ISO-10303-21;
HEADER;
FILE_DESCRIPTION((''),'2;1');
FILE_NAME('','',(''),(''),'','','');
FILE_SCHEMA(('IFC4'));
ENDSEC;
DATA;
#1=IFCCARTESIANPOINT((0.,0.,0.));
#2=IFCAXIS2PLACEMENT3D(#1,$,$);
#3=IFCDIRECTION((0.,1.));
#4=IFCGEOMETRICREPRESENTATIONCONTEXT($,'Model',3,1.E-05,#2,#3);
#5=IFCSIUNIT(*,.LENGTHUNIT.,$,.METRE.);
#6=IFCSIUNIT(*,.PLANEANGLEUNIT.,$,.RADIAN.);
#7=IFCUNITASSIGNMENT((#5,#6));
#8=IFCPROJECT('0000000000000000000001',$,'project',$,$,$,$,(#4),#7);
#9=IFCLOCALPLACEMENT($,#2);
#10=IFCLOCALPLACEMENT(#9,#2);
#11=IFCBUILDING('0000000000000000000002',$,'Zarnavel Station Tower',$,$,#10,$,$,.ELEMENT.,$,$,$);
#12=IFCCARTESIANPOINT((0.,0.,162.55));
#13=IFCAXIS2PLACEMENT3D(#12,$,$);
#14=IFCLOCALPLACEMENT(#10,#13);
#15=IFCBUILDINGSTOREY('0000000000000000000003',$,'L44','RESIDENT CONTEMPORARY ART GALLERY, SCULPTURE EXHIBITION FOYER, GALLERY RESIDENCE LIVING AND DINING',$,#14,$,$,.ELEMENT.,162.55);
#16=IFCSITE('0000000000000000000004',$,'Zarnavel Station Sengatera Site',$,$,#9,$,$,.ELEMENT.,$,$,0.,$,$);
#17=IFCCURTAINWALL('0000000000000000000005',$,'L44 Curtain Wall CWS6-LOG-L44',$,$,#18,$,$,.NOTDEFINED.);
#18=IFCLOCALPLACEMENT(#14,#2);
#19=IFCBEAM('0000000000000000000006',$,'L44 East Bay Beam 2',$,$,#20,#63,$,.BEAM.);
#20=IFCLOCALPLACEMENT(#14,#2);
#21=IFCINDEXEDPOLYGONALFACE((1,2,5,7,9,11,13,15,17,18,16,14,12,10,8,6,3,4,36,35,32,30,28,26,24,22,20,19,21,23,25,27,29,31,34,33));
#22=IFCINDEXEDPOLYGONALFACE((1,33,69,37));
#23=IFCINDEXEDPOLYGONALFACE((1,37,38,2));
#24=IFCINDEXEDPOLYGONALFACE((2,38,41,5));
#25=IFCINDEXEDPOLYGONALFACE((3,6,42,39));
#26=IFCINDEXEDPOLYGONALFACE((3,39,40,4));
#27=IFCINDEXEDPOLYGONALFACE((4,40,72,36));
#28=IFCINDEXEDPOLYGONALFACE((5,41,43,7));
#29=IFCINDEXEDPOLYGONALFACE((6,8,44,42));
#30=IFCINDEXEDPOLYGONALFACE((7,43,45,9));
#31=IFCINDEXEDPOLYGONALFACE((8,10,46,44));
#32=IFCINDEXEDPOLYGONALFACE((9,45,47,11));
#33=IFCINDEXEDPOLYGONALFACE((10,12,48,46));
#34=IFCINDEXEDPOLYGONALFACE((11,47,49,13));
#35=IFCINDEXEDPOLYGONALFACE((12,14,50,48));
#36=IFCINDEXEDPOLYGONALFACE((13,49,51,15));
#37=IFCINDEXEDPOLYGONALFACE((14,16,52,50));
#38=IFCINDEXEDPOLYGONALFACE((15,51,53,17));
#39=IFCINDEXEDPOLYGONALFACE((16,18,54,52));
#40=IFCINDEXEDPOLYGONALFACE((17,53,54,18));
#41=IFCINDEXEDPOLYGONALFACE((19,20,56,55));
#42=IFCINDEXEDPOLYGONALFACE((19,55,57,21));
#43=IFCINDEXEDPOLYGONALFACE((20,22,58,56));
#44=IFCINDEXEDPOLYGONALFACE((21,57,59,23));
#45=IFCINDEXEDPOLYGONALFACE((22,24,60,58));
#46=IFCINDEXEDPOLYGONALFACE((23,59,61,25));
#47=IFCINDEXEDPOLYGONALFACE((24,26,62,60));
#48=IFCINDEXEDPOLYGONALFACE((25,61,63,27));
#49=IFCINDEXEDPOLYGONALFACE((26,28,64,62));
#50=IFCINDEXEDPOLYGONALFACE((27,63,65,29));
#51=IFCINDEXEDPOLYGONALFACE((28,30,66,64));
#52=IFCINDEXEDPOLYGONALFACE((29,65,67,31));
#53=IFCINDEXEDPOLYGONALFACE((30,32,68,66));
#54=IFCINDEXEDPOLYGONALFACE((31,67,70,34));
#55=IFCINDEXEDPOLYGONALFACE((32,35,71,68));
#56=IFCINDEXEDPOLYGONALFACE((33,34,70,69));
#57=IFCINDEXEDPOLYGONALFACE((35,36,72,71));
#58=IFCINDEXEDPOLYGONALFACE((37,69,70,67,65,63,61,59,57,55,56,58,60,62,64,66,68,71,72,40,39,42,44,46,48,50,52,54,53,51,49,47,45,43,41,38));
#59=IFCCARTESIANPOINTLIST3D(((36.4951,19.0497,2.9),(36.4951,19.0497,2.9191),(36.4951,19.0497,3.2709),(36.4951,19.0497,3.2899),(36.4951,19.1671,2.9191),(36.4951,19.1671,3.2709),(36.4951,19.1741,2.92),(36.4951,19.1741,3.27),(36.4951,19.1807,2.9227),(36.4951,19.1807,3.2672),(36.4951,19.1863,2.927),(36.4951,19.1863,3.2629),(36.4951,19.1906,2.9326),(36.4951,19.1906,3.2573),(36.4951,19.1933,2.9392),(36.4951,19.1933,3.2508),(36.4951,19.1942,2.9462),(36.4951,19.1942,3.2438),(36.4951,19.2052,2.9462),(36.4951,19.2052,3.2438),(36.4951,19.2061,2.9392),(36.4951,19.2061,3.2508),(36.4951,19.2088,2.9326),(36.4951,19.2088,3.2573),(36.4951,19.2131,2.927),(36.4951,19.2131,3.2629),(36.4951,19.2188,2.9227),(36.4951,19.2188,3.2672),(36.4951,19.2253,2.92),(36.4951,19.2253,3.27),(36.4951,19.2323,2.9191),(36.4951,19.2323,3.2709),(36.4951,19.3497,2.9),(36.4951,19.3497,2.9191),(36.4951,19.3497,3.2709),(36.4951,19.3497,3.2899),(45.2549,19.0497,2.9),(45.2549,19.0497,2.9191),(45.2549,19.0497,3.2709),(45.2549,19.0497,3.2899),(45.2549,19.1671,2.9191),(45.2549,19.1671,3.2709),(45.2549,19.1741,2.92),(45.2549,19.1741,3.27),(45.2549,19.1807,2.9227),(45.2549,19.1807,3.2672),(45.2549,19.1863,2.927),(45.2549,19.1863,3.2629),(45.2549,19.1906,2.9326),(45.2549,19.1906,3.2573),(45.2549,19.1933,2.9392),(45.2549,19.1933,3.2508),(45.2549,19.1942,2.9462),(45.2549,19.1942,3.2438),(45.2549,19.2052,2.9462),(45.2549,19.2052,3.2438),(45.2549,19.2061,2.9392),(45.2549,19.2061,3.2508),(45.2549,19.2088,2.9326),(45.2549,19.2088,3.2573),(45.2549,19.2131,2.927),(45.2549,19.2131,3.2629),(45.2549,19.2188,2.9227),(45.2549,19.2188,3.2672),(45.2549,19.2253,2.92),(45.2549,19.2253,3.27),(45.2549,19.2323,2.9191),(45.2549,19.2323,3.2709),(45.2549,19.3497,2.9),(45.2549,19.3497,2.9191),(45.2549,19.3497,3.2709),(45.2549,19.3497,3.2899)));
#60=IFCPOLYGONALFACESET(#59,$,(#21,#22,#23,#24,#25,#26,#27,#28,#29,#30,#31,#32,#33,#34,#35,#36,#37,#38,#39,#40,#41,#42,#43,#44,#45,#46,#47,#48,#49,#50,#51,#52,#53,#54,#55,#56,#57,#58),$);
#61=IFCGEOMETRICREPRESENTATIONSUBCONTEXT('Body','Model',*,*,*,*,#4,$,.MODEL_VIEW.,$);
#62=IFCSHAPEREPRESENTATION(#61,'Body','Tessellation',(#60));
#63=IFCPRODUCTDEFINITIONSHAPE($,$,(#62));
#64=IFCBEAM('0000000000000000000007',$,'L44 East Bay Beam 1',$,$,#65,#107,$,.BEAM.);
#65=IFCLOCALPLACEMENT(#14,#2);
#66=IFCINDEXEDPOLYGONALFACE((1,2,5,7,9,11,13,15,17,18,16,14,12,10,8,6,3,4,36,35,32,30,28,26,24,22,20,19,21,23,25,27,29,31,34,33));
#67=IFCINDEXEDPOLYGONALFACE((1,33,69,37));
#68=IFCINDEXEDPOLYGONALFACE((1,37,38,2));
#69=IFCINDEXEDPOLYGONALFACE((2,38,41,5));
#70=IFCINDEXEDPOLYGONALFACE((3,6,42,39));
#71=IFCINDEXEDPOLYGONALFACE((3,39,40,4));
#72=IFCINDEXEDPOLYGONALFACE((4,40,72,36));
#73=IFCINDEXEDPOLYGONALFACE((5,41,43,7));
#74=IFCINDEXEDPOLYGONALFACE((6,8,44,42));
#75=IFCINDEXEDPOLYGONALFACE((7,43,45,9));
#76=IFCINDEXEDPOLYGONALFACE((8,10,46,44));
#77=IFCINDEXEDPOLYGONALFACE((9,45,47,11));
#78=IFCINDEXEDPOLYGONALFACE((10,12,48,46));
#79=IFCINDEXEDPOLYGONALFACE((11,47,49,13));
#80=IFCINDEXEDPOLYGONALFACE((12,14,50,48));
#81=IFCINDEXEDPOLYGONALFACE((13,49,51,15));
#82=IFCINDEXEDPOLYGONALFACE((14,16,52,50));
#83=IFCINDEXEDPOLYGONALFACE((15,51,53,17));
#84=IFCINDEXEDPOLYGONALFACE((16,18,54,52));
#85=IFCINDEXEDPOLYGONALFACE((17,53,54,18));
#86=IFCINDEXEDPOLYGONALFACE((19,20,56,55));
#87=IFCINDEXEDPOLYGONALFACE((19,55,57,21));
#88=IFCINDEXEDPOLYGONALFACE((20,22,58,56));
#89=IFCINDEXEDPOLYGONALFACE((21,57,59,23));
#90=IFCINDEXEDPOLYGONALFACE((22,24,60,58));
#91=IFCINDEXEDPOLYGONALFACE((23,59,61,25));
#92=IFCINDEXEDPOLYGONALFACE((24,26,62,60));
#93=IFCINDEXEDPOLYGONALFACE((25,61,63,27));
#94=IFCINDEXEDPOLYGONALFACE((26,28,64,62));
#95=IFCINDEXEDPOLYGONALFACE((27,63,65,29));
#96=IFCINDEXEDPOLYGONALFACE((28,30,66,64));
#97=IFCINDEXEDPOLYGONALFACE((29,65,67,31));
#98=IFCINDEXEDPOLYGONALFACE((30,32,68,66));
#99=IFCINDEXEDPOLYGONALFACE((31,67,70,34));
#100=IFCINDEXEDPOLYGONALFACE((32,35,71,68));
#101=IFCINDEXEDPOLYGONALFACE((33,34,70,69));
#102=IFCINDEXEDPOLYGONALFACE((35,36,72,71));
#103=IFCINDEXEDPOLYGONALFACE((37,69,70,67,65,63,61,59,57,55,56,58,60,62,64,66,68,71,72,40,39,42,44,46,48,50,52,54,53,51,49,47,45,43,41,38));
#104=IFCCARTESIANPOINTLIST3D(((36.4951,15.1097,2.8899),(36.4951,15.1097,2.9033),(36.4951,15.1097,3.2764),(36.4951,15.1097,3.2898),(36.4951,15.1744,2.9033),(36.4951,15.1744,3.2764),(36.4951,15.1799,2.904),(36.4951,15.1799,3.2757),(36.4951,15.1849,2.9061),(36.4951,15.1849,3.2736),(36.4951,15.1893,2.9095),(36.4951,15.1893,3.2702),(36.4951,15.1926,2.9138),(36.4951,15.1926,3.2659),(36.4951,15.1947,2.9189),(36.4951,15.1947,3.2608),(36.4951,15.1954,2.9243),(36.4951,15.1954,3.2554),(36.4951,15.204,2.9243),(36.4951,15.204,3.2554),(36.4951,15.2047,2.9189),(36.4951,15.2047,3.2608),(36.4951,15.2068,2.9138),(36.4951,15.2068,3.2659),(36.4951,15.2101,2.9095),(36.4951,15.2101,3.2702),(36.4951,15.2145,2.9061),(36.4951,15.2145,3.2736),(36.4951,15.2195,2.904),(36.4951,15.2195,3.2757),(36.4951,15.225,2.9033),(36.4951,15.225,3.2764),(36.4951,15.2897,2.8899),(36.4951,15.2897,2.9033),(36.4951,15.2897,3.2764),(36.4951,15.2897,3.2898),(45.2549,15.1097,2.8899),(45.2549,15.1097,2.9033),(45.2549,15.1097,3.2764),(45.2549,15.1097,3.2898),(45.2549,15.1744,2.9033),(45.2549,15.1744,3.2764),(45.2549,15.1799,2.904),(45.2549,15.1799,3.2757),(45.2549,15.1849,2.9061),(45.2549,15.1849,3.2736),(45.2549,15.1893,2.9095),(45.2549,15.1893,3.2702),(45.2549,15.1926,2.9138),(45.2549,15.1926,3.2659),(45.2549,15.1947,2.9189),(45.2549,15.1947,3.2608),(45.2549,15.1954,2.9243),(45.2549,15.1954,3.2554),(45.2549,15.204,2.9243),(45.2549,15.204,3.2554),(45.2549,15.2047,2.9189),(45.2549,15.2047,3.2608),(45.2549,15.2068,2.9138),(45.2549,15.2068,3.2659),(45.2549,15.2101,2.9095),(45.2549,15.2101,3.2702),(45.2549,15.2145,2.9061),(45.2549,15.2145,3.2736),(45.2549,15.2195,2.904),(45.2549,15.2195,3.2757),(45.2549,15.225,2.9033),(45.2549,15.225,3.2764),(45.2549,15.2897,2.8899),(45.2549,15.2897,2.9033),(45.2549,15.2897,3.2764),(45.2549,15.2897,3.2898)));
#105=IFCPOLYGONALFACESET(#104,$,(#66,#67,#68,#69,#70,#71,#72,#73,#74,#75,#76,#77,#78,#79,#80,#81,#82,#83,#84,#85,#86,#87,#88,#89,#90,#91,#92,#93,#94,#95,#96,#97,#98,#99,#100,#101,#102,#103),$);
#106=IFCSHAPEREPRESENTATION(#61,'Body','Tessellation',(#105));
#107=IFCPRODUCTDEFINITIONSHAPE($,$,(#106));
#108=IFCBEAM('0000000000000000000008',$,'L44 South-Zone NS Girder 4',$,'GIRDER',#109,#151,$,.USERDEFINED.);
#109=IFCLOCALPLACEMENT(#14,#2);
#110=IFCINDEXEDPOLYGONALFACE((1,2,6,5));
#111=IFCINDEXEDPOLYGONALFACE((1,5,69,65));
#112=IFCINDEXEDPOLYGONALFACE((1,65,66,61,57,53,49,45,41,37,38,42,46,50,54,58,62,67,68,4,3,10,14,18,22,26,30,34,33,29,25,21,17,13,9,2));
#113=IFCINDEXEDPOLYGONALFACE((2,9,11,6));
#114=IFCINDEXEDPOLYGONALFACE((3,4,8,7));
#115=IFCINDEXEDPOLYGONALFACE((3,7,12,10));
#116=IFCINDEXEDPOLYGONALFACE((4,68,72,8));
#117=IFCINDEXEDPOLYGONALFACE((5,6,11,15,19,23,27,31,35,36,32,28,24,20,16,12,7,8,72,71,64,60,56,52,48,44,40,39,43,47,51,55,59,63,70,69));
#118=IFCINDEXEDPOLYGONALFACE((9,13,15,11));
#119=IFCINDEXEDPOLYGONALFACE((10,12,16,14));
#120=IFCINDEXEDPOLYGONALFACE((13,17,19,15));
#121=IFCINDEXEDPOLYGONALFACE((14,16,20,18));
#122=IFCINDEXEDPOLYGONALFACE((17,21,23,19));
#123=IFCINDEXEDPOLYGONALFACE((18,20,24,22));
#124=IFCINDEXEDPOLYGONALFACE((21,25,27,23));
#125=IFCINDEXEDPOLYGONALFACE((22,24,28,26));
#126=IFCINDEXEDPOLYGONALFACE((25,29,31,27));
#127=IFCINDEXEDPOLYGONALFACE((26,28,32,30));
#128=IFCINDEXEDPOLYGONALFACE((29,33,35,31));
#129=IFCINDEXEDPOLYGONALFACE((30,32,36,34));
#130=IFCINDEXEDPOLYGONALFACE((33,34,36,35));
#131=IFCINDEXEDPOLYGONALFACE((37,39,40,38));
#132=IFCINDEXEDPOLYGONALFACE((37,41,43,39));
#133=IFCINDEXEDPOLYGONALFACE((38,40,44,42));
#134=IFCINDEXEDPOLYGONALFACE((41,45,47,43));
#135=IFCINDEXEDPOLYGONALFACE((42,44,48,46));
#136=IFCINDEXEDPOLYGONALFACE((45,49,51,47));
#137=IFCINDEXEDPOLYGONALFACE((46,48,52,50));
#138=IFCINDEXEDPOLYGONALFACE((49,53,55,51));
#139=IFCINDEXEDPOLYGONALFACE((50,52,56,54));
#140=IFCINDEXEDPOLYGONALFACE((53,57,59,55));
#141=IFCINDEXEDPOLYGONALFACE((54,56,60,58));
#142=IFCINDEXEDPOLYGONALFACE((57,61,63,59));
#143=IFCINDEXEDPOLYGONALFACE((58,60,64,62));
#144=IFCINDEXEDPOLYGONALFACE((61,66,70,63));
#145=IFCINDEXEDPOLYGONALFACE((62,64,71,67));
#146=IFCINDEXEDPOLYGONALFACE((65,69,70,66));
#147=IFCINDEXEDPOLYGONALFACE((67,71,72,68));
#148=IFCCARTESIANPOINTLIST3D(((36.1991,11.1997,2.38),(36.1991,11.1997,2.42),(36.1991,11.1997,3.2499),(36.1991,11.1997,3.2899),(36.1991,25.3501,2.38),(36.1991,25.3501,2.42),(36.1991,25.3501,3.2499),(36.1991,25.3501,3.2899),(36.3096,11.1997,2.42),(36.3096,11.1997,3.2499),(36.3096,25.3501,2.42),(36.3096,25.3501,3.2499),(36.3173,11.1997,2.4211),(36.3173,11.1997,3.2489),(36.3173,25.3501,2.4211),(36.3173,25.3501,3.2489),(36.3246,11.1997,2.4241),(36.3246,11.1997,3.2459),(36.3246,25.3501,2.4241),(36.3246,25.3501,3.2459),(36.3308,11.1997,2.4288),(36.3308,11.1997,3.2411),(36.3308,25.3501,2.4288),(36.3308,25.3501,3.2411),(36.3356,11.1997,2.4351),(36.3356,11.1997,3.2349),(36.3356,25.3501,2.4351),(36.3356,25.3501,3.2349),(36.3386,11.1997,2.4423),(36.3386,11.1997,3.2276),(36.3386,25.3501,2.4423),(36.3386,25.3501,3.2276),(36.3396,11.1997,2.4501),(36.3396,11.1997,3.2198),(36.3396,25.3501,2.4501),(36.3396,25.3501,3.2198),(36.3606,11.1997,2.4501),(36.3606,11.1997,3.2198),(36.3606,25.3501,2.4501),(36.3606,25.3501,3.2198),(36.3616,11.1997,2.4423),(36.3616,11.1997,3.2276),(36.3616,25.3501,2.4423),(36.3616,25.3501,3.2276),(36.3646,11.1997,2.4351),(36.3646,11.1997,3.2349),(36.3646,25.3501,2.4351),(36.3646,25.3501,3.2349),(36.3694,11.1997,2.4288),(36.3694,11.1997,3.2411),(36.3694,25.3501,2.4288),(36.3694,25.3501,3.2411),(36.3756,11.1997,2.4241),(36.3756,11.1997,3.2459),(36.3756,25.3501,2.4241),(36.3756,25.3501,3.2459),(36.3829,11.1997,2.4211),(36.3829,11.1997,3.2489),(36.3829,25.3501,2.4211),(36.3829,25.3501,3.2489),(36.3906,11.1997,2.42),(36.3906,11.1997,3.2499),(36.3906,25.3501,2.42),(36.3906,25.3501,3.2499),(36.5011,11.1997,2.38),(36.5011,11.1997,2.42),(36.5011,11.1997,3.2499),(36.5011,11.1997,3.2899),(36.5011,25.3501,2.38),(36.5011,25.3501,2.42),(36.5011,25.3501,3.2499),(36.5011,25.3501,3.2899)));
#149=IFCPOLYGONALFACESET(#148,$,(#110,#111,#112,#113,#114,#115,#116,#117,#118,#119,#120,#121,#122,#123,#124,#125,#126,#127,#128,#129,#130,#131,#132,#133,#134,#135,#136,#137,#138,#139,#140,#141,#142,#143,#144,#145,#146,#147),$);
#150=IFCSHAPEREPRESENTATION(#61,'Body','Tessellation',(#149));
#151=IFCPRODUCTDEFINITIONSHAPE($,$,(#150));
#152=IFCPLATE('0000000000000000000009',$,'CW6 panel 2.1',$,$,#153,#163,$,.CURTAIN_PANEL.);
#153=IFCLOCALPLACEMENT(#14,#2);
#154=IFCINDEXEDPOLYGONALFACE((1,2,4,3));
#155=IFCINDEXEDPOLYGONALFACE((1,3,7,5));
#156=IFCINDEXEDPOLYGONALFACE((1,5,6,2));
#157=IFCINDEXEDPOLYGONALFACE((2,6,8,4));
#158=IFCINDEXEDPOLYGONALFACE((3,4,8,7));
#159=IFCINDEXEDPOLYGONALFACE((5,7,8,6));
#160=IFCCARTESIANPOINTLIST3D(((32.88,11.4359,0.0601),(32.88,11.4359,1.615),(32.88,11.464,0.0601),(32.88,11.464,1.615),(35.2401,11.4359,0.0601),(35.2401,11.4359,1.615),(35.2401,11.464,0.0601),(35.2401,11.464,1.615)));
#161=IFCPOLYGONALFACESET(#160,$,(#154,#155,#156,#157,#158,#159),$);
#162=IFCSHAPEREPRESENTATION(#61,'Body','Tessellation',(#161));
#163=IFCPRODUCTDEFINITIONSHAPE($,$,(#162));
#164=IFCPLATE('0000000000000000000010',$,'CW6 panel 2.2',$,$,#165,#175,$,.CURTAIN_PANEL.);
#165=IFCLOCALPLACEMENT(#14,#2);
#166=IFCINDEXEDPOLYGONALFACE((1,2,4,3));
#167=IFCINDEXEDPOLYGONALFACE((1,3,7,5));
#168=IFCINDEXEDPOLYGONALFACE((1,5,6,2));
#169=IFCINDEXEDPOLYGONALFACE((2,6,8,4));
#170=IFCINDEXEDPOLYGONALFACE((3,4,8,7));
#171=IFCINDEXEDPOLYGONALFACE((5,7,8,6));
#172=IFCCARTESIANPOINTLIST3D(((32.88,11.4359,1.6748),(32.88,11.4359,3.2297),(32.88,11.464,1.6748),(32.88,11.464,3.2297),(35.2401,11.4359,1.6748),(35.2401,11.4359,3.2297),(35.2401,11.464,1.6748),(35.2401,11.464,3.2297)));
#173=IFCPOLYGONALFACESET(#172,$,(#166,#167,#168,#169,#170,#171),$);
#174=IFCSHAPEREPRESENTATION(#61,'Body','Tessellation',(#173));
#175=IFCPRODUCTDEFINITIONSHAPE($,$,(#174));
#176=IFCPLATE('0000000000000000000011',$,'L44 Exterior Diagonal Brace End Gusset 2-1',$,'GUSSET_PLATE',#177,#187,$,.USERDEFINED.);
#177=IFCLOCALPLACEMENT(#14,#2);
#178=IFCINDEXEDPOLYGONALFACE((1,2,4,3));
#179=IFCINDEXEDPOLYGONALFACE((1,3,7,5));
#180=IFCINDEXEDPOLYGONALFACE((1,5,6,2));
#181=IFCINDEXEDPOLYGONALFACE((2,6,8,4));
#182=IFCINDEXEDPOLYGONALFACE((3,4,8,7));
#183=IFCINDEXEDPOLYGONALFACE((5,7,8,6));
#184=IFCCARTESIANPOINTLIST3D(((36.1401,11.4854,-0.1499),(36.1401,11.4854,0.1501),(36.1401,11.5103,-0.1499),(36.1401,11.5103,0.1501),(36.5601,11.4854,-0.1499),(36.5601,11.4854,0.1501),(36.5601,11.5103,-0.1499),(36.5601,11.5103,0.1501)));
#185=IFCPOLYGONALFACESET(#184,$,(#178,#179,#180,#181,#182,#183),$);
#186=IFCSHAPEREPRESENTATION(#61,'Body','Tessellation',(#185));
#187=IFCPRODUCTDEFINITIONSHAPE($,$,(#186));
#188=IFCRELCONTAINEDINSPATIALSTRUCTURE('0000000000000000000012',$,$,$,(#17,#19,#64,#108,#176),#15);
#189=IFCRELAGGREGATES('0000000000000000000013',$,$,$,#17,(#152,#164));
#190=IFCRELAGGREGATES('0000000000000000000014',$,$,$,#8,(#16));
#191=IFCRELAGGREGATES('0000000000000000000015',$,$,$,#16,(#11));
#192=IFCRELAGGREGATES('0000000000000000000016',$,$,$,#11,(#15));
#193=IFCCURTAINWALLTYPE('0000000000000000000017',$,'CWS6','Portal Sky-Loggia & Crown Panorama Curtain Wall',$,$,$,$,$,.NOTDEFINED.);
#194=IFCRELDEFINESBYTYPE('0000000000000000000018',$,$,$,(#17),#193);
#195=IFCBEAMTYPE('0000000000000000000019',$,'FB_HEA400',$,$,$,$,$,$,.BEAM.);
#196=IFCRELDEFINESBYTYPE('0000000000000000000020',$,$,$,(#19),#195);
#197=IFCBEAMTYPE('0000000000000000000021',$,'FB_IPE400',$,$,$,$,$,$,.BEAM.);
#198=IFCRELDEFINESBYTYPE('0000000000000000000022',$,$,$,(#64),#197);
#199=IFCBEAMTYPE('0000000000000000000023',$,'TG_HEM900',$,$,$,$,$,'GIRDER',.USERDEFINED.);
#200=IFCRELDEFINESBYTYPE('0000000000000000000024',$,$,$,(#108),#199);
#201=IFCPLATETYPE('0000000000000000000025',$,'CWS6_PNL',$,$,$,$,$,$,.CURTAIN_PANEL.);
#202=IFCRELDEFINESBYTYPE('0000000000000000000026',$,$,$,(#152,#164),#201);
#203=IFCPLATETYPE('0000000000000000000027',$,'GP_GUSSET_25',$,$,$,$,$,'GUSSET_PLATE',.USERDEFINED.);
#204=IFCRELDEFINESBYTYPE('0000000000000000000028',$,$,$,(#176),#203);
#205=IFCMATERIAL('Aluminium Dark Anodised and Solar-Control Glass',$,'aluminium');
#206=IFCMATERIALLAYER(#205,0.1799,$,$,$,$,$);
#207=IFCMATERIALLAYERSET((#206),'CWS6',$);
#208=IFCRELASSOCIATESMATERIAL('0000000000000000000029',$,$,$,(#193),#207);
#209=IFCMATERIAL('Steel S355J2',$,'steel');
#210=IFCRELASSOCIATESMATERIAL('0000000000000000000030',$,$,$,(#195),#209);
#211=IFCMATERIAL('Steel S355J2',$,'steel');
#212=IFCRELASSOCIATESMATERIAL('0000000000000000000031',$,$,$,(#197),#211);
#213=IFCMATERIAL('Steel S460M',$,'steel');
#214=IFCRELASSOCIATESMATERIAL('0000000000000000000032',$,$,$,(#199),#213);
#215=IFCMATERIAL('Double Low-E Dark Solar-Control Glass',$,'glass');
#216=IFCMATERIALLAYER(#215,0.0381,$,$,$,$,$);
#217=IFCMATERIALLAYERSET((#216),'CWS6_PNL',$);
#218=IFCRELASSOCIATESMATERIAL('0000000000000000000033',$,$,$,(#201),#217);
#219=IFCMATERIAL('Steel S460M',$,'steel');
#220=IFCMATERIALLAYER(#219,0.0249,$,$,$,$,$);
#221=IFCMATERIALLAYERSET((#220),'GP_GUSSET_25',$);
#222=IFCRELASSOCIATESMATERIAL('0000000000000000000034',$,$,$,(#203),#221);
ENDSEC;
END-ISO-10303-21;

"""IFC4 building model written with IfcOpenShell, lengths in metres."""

from ifc_helpers import new_model, si_unit, direction, frame, origin, origin_2d, place, context, subcontext, project, spatial, rectangle, i_section, extrude, material, layer, layer_set, material_profile, profile_set, type_object, element, aggregate, save


model = new_model("IFC4")

# Units and contexts
model_context = context("Model", 3, precision=1e-05, world=origin(), true_north=direction((0.0, 1.0)))
body_context = subcontext(model_context, "Body", "Model", "MODEL_VIEW")
ifc_project = project(units=[si_unit("LENGTHUNIT", "METRE"), si_unit("PLANEANGLEUNIT", "RADIAN")], contexts=[model_context])

# Site, building, storey
site_placement = place(None, origin())
site = spatial("IfcSite", under=ifc_project, at=site_placement, Name="Zarnavel Station Sengatera Site", CompositionType="ELEMENT", RefElevation=0.0)
building_placement = place(site_placement, origin())
building = spatial("IfcBuilding", under=site, at=building_placement, Name="Zarnavel Station Tower", CompositionType="ELEMENT")
storey_placement = place(building_placement, frame((0.0, 0.0, 162.55)))
storey = spatial("IfcBuildingStorey", under=building, at=storey_placement, Name="L44", Description="RESIDENT CONTEMPORARY ART GALLERY, SCULPTURE EXHIBITION FOYER, GALLERY RESIDENCE LIVING AND DINING", CompositionType="ELEMENT", Elevation=162.55)

# Curtain wall
ifc_material_1 = material(Name="Aluminium Dark Anodised and Solar-Control Glass", Category="aluminium")
ifc_layer_1 = layer(ifc_material_1, 0.1799)
ifc_layer_set_1 = layer_set([ifc_layer_1], Name="CWS6")
curtain_wall_type_1 = type_object("IfcCurtainWallType", Name="CWS6", Description="Portal Sky-Loggia & Crown Panorama Curtain Wall", PredefinedType="NOTDEFINED", material=ifc_layer_set_1)
curtain_wall_1_placement = place(storey_placement, origin())
curtain_wall_1 = element("IfcCurtainWall", 1, at=curtain_wall_1_placement, inside=storey, type_object=curtain_wall_type_1, Name="L44 Curtain Wall CWS6-LOG-L44", PredefinedType="NOTDEFINED")

# Beams
ifc_material_2 = material(Name="Steel S355J2", Category="steel")
ifc_material_profile_1 = material_profile(ifc_material_2, i_section(OverallWidth=0.3, OverallDepth=0.3899, WebThickness=0.011, FlangeThickness=0.019, FilletRadius=0.0271, at=origin_2d()), Name="HEA400")
ifc_profile_set_1 = profile_set([ifc_material_profile_1], Name="Steel S355J2")
beam_type_1 = type_object("IfcBeamType", Name="FB_HEA400", PredefinedType="BEAM", material=ifc_profile_set_1)
beam_1_placement = place(storey_placement, frame((36.4951, 19.1997, 3.095), z_axis=(1.0, 0.0, 0.0), x_axis=(0.0, 1.0, 0.0)))
element("IfcBeam", 2, at=beam_1_placement, inside=storey, type_object=beam_type_1, Name="L44 East Bay Beam 2", PredefinedType="BEAM", context=body_context, shape_type="SweptSolid", body=[
    extrude(i_section(OverallWidth=0.3, OverallDepth=0.3899, WebThickness=0.011, FlangeThickness=0.019, FilletRadius=0.0271, at=origin_2d()), origin(), (0.0, 0.0, 1.0), 8.7598),
])
ifc_material_3 = material(Name="Steel S355J2", Category="steel")
ifc_material_profile_2 = material_profile(ifc_material_3, i_section(OverallWidth=0.1799, OverallDepth=0.3999, WebThickness=0.0085, FlangeThickness=0.0134, FilletRadius=0.021, at=origin_2d()), Name="IPE400")
ifc_profile_set_2 = profile_set([ifc_material_profile_2], Name="Steel S355J2")
beam_type_2 = type_object("IfcBeamType", Name="FB_IPE400", PredefinedType="BEAM", material=ifc_profile_set_2)
beam_2_placement = place(storey_placement, frame((36.4951, 15.1997, 3.0898), z_axis=(1.0, 0.0, 0.0), x_axis=(0.0, 1.0, 0.0)))
element("IfcBeam", 3, at=beam_2_placement, inside=storey, type_object=beam_type_2, Name="L44 East Bay Beam 1", PredefinedType="BEAM", context=body_context, shape_type="SweptSolid", body=[
    extrude(i_section(OverallWidth=0.1799, OverallDepth=0.3999, WebThickness=0.0085, FlangeThickness=0.0134, FilletRadius=0.021, at=origin_2d()), origin(), (0.0, 0.0, 1.0), 8.7598),
])
ifc_material_4 = material(Name="Steel S460M", Category="steel")
ifc_material_profile_3 = material_profile(ifc_material_4, i_section(OverallWidth=0.302, OverallDepth=0.9099, WebThickness=0.021, FlangeThickness=0.04, FilletRadius=0.03, at=origin_2d()), Name="HEM900")
ifc_profile_set_3 = profile_set([ifc_material_profile_3], Name="Steel S460M")
beam_type_3 = type_object("IfcBeamType", Name="TG_HEM900", ElementType="GIRDER", PredefinedType="USERDEFINED", material=ifc_profile_set_3)
beam_3_placement = place(storey_placement, frame((36.3501, 11.1997, 2.835), z_axis=(0.0, 1.0, 0.0), x_axis=(-1.0, 0.0, 0.0)))
element("IfcBeam", 4, at=beam_3_placement, inside=storey, type_object=beam_type_3, Name="L44 South-Zone NS Girder 4", ObjectType="GIRDER", PredefinedType="USERDEFINED", context=body_context, shape_type="SweptSolid", body=[
    extrude(i_section(OverallWidth=0.302, OverallDepth=0.9099, WebThickness=0.021, FlangeThickness=0.04, FilletRadius=0.03, at=origin_2d()), origin(), (0.0, 0.0, 1.0), 14.1504),
])

# Plates
ifc_material_5 = material(Name="Double Low-E Dark Solar-Control Glass", Category="glass")
ifc_layer_2 = layer(ifc_material_5, 0.0381)
ifc_layer_set_2 = layer_set([ifc_layer_2], Name="CWS6_PNL")
plate_type_1 = type_object("IfcPlateType", Name="CWS6_PNL", PredefinedType="CURTAIN_PANEL", material=ifc_layer_set_2)
plate_1_placement = place(storey_placement, frame((34.0601, 11.45, 0.0601), z_axis=(0.0, 0.0, 1.0), x_axis=(1.0, 0.0, 0.0)))
plate_1 = element("IfcPlate", 5, at=plate_1_placement, type_object=plate_type_1, Name="CW6 panel 2.1", PredefinedType="CURTAIN_PANEL", context=body_context, shape_type="SweptSolid", body=[
    extrude(rectangle(XDim=2.3601, YDim=0.0281, at=origin_2d()), origin(), (0.0, 0.0, 1.0), 1.5549),
])
plate_2_placement = place(storey_placement, frame((34.0601, 11.45, 1.6748), z_axis=(0.0, 0.0, 1.0), x_axis=(1.0, 0.0, 0.0)))
plate_2 = element("IfcPlate", 6, at=plate_2_placement, type_object=plate_type_1, Name="CW6 panel 2.2", PredefinedType="CURTAIN_PANEL", context=body_context, shape_type="SweptSolid", body=[
    extrude(rectangle(XDim=2.3601, YDim=0.0281, at=origin_2d()), origin(), (0.0, 0.0, 1.0), 1.5549),
])
aggregate(curtain_wall_1, [plate_1, plate_2])
ifc_material_6 = material(Name="Steel S460M", Category="steel")
ifc_layer_3 = layer(ifc_material_6, 0.0249)
ifc_layer_set_3 = layer_set([ifc_layer_3], Name="GP_GUSSET_25")
plate_type_2 = type_object("IfcPlateType", Name="GP_GUSSET_25", ElementType="GUSSET_PLATE", PredefinedType="USERDEFINED", material=ifc_layer_set_3)
plate_3_placement = place(storey_placement, frame((36.3501, 11.4978, -0.1499), z_axis=(0.0, 0.0, 1.0), x_axis=(1.0, 0.0, 0.0)))
element("IfcPlate", 7, at=plate_3_placement, inside=storey, type_object=plate_type_2, Name="L44 Exterior Diagonal Brace End Gusset 2-1", ObjectType="GUSSET_PLATE", PredefinedType="USERDEFINED", context=body_context, shape_type="SweptSolid", body=[
    extrude(rectangle(XDim=0.4199, YDim=0.0249, at=origin_2d()), origin(), (0.0, 0.0, 1.0), 0.3),
])

save(model, "model.ifc")
